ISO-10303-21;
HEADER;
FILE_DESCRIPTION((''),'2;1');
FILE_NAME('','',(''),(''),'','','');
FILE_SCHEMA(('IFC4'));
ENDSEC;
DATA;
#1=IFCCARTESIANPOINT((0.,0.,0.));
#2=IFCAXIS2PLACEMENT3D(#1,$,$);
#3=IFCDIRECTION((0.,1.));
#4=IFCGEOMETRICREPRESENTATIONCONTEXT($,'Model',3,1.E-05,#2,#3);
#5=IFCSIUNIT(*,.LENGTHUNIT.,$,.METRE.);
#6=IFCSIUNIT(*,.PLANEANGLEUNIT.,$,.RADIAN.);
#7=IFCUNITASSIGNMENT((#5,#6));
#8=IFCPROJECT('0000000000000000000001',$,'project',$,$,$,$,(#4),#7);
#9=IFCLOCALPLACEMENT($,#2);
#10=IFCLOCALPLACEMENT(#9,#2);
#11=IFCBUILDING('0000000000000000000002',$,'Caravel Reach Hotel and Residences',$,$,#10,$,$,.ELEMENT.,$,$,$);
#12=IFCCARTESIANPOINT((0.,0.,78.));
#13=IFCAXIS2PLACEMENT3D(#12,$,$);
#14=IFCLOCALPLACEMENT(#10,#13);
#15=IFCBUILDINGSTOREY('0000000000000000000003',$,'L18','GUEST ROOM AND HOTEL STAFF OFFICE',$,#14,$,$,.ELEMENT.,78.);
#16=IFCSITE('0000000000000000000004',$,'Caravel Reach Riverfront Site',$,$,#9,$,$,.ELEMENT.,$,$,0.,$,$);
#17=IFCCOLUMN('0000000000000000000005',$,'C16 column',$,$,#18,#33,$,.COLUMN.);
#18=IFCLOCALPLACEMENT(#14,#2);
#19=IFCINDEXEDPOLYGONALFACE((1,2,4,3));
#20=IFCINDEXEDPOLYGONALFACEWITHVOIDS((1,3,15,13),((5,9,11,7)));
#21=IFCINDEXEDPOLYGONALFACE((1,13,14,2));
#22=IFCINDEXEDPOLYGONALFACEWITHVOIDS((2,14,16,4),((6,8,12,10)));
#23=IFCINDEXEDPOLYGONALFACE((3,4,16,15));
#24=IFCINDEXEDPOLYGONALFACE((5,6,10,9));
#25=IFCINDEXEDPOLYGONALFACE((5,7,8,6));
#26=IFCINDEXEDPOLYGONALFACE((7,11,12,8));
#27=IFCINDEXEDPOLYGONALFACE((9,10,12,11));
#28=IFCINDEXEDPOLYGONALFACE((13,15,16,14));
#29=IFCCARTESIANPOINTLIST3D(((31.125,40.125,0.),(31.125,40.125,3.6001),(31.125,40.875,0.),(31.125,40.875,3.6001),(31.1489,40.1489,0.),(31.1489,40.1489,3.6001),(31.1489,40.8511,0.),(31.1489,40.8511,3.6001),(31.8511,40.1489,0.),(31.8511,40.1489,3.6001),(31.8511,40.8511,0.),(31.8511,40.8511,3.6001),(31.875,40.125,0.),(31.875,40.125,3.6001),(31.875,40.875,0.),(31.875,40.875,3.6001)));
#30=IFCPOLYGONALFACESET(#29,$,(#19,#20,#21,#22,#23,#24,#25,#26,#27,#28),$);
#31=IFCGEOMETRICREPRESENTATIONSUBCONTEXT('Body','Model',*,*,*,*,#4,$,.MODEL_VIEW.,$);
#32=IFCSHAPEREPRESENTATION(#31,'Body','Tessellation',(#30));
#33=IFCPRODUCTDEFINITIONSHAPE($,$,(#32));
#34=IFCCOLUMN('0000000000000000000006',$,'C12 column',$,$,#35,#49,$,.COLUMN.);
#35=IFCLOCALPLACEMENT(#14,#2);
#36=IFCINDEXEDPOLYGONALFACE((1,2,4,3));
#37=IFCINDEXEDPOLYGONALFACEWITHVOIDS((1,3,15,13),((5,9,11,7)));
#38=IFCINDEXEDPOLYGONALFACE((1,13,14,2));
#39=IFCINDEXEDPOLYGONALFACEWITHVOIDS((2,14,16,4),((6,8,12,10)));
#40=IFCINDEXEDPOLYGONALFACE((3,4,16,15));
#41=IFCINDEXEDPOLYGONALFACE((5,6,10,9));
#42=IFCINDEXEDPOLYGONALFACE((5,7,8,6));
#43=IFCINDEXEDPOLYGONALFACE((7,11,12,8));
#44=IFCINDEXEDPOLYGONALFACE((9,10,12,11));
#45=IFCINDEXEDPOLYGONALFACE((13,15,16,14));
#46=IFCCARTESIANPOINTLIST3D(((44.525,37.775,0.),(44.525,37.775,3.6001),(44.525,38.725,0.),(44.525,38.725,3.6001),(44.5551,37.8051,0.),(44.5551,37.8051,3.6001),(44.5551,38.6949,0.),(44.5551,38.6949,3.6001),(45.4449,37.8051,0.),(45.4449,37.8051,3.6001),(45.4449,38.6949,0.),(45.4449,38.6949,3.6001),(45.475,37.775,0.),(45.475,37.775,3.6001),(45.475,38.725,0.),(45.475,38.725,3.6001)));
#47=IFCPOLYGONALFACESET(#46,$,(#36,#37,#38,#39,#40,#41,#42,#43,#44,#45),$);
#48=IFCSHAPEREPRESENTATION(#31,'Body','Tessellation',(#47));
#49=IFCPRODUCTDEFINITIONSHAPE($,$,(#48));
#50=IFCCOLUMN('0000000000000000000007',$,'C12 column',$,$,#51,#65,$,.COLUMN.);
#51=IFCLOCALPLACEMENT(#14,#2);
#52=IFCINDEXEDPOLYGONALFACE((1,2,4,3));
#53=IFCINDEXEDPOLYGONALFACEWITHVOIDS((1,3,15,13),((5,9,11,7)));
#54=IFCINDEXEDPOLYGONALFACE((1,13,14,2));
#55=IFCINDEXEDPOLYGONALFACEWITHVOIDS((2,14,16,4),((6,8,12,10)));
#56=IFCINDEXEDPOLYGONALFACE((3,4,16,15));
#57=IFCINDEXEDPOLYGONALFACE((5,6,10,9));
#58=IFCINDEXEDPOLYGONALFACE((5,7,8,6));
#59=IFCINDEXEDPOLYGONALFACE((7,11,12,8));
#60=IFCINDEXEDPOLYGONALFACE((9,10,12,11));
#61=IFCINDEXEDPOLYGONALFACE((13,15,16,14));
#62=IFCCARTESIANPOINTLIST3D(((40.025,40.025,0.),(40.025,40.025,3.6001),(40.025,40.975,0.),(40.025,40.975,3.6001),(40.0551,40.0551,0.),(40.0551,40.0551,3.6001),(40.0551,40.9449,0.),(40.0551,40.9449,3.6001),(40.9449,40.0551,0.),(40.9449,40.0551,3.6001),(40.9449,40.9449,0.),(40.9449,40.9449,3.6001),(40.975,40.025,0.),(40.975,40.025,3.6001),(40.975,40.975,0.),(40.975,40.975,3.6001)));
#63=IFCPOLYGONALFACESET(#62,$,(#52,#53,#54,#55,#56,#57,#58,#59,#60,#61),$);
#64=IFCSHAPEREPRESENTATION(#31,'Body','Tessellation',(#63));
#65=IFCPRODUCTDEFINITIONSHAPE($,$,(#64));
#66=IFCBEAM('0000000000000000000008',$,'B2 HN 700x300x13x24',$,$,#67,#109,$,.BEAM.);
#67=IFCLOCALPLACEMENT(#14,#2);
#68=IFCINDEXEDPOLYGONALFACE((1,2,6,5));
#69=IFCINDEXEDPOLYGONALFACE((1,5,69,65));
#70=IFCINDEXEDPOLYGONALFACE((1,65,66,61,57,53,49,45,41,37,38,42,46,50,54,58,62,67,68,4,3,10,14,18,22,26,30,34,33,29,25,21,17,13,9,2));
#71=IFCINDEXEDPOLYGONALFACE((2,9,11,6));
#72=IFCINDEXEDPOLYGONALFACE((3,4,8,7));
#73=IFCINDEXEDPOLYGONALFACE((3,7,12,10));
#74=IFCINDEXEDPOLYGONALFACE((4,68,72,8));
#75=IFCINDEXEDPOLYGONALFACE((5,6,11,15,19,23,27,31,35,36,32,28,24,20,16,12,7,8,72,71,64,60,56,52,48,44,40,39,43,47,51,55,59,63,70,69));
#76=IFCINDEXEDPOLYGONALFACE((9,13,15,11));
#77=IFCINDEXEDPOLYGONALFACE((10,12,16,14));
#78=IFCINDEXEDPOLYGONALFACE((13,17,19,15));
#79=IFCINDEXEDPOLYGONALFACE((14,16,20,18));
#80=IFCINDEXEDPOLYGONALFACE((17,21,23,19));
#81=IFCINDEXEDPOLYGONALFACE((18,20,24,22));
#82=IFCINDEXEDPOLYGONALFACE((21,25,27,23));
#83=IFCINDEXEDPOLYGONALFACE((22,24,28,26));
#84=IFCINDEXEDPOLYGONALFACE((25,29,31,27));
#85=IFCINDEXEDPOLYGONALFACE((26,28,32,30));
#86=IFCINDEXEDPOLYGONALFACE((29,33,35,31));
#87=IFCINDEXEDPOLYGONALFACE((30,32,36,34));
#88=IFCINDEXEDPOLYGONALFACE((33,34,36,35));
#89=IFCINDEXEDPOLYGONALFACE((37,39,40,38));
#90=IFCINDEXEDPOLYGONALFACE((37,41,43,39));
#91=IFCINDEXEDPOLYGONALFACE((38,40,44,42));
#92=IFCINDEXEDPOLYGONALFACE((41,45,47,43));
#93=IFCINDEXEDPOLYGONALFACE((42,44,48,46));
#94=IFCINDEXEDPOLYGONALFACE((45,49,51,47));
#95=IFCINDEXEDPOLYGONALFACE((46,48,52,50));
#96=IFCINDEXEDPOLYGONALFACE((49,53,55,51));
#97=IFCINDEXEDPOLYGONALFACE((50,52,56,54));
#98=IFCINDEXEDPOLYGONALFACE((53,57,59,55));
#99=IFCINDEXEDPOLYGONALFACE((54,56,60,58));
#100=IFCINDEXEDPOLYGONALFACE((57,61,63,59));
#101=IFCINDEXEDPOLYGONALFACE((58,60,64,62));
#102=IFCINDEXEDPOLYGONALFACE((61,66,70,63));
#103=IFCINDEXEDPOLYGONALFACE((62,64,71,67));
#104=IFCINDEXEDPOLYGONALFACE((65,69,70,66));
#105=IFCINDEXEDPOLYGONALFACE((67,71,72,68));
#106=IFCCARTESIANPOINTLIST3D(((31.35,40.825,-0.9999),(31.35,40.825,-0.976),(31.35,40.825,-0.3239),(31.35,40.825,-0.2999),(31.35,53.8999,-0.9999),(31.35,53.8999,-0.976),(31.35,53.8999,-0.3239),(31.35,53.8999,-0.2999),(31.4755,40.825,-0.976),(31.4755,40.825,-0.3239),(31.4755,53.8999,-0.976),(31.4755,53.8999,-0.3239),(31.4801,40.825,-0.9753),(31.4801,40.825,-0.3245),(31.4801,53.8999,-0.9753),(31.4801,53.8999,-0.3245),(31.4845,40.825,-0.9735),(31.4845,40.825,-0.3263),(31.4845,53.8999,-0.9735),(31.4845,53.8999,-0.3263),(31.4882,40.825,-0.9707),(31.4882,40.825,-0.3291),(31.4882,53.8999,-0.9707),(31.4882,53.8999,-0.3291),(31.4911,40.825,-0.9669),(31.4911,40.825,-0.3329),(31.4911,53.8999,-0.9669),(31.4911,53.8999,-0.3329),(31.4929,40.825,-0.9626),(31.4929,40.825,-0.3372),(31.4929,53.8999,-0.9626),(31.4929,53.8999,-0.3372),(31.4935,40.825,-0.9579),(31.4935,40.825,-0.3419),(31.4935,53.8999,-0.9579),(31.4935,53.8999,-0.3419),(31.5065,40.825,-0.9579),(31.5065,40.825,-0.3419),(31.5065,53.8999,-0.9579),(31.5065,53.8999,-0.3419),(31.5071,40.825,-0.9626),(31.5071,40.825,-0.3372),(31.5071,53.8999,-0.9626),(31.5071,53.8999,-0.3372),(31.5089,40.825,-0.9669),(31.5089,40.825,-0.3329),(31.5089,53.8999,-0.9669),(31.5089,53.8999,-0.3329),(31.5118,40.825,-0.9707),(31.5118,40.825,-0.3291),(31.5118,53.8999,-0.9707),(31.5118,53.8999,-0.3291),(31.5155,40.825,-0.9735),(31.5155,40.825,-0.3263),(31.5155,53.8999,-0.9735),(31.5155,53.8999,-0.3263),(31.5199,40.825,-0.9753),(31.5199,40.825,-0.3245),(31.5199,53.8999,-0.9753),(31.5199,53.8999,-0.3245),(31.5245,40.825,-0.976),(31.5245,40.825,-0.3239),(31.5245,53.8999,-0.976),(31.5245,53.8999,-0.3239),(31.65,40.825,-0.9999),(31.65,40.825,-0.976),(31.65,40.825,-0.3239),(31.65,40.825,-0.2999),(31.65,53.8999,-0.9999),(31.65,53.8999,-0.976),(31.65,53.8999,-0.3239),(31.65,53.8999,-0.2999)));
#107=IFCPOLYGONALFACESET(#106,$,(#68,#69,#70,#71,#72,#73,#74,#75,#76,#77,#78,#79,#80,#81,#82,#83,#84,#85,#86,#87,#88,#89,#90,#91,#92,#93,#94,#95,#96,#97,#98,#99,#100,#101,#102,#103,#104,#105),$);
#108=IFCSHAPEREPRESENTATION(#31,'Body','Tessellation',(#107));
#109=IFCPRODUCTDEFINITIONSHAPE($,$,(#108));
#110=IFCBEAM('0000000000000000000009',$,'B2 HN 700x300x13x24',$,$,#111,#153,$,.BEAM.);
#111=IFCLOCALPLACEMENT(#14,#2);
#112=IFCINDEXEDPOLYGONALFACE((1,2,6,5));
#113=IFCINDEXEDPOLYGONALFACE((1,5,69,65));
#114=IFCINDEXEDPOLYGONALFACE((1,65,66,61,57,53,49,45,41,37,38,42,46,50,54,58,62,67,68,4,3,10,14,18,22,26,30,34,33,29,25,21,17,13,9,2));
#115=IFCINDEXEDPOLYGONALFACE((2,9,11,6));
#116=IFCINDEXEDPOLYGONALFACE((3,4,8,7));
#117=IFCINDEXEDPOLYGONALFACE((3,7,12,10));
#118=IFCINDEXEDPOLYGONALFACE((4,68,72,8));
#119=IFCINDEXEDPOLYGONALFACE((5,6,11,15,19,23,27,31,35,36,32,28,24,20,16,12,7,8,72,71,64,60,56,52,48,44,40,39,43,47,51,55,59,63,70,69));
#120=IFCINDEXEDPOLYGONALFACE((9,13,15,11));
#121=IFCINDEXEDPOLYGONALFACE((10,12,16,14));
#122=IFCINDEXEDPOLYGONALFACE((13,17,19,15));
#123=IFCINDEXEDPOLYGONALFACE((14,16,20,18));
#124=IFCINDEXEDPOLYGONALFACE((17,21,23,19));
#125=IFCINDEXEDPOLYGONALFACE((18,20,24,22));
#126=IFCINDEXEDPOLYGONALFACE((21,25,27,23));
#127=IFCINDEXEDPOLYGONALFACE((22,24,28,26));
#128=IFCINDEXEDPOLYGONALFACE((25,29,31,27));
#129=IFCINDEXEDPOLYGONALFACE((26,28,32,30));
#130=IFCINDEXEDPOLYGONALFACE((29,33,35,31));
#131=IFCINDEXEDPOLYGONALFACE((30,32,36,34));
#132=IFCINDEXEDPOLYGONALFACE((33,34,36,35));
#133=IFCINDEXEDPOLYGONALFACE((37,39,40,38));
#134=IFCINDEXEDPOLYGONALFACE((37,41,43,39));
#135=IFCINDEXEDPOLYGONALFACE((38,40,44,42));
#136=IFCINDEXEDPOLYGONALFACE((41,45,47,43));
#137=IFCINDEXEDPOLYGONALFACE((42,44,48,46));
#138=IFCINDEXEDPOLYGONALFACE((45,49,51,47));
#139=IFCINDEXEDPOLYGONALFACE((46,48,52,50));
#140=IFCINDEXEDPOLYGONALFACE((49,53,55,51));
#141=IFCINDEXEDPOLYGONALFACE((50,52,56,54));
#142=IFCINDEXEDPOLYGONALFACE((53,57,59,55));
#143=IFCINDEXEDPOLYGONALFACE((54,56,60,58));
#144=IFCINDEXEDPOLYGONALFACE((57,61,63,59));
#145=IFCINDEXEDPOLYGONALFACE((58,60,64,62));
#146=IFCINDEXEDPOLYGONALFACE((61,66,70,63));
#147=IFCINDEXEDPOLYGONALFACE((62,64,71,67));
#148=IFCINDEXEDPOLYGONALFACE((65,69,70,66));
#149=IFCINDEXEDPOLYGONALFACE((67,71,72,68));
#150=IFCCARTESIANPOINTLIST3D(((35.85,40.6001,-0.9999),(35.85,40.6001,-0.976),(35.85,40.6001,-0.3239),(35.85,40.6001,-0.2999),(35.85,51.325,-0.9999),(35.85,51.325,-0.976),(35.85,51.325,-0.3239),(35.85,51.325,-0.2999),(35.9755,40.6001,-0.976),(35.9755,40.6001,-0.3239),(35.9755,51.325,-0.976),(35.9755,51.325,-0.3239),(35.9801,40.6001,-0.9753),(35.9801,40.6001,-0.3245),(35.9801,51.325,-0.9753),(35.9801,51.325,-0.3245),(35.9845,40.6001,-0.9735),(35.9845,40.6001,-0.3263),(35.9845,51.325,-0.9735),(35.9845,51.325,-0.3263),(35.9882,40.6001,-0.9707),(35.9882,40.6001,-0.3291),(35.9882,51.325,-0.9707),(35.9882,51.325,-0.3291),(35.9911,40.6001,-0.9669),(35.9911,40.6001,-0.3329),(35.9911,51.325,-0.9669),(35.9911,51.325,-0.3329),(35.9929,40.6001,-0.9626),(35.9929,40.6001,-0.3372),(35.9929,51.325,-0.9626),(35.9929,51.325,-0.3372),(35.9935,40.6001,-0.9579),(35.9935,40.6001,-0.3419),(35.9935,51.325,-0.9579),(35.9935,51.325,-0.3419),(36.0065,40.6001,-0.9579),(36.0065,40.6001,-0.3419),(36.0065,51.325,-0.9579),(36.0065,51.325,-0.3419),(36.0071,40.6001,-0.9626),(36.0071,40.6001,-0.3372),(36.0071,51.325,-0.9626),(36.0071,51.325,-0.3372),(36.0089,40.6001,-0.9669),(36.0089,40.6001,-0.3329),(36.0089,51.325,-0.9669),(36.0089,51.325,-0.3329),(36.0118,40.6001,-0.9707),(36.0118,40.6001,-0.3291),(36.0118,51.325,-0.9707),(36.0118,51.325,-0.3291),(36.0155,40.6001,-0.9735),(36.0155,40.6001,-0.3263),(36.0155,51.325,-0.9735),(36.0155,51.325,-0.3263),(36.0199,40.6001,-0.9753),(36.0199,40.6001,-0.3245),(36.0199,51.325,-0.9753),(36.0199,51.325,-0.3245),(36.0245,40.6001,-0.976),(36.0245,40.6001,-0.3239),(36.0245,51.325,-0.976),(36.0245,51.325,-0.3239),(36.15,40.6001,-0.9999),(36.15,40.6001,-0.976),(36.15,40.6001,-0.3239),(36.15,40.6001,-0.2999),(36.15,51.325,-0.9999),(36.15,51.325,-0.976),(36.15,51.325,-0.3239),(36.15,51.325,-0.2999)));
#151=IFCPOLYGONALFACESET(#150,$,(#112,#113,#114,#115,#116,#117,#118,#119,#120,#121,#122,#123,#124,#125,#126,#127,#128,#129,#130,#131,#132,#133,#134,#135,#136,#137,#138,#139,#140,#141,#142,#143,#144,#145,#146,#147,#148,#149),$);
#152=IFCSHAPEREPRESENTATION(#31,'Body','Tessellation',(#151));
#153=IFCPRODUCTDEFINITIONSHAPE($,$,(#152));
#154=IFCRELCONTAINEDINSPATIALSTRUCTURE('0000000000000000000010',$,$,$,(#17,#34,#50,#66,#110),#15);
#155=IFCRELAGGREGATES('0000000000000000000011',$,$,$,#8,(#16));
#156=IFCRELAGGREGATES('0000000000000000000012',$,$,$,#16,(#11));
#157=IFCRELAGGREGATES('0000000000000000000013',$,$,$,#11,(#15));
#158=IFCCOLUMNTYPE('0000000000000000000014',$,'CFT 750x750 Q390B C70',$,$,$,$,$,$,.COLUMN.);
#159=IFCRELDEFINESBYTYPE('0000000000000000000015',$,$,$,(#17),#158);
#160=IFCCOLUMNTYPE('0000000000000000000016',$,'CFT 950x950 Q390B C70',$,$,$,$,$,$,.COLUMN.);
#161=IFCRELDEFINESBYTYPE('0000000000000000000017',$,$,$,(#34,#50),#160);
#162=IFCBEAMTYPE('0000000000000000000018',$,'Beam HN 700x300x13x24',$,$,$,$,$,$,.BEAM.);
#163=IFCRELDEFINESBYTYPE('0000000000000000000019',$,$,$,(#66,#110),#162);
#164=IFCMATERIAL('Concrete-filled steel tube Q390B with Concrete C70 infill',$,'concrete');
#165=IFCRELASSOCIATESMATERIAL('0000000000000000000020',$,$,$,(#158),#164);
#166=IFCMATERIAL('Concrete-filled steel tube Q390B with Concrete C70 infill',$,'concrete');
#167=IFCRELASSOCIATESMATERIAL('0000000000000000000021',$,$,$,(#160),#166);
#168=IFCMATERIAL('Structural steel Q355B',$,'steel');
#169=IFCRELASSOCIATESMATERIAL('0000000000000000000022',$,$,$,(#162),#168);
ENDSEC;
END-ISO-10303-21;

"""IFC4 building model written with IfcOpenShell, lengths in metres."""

from ifc_helpers import new_model, si_unit, direction, frame, origin, origin_2d, place, context, subcontext, project, spatial, hollow_rectangle, i_section, extrude, material, material_profile, profile_set, type_object, element, save


model = new_model("IFC4")

# Units and contexts
model_context = context("Model", 3, precision=1e-05, world=origin(), true_north=direction((0.0, 1.0)))
body_context = subcontext(model_context, "Body", "Model", "MODEL_VIEW")
ifc_project = project(units=[si_unit("LENGTHUNIT", "METRE"), si_unit("PLANEANGLEUNIT", "RADIAN")], contexts=[model_context])

# Site, building, storey
site_placement = place(None, origin())
site = spatial("IfcSite", under=ifc_project, at=site_placement, Name="Caravel Reach Riverfront Site", CompositionType="ELEMENT", RefElevation=0.0)
building_placement = place(site_placement, origin())
building = spatial("IfcBuilding", under=site, at=building_placement, Name="Caravel Reach Hotel and Residences", CompositionType="ELEMENT")
storey_placement = place(building_placement, frame((0.0, 0.0, 78.0)))
storey = spatial("IfcBuildingStorey", under=building, at=storey_placement, Name="L18", Description="GUEST ROOM AND HOTEL STAFF OFFICE", CompositionType="ELEMENT", Elevation=78.0)

# Columns
ifc_material_1 = material(Name="Concrete-filled steel tube Q390B with Concrete C70 infill", Category="concrete")
ifc_material_profile_1 = material_profile(ifc_material_1, hollow_rectangle(XDim=0.75, YDim=0.75, WallThickness=0.0239, at=origin_2d()), Name="RHS 750x750x24")
ifc_profile_set_1 = profile_set([ifc_material_profile_1], Name="Concrete-filled steel tube Q390B with Concrete C70 infill")
column_type_1 = type_object("IfcColumnType", Name="CFT 750x750 Q390B C70", PredefinedType="COLUMN", material=ifc_profile_set_1)
column_placement = place(storey_placement, frame((31.5, 40.5, 0.0), z_axis=(0.0, 0.0, 1.0), x_axis=(1.0, 0.0, 0.0)))
element("IfcColumn", 1, at=column_placement, inside=storey, type_object=column_type_1, Name="C16 column", PredefinedType="COLUMN", context=body_context, shape_type="SweptSolid", body=[
    extrude(hollow_rectangle(XDim=0.75, YDim=0.75, WallThickness=0.0239, at=origin_2d()), origin(), (0.0, 0.0, 1.0), 3.6001),
])
ifc_material_2 = material(Name="Concrete-filled steel tube Q390B with Concrete C70 infill", Category="concrete")
ifc_material_profile_2 = material_profile(ifc_material_2, hollow_rectangle(XDim=0.95, YDim=0.95, WallThickness=0.03, at=origin_2d()), Name="RHS 950x950x30")
ifc_profile_set_2 = profile_set([ifc_material_profile_2], Name="Concrete-filled steel tube Q390B with Concrete C70 infill")
column_type_2 = type_object("IfcColumnType", Name="CFT 950x950 Q390B C70", PredefinedType="COLUMN", material=ifc_profile_set_2)
for number, where, z_axis, x_axis, name in (
    (2, (45.0, 38.25, 0.0), (0.0, 0.0, 1.0), (1.0, 0.0, 0.0), "C12 column"),
    (3, (40.5, 40.5, 0.0), (0.0, 0.0, 1.0), (1.0, 0.0, 0.0), "C12 column"),
):
    element("IfcColumn", number, at=place(storey_placement, frame(where, z_axis=z_axis, x_axis=x_axis)), inside=storey, type_object=column_type_2, Name=name, PredefinedType="COLUMN", context=body_context, shape_type="SweptSolid", body=[
        extrude(hollow_rectangle(XDim=0.95, YDim=0.95, WallThickness=0.03, at=origin_2d()), origin(), (0.0, 0.0, 1.0), 3.6001),
    ])

# Beams
ifc_material_3 = material(Name="Structural steel Q355B", Category="steel")
ifc_material_profile_3 = material_profile(ifc_material_3, i_section(OverallWidth=0.3, OverallDepth=0.7, WebThickness=0.0129, FlangeThickness=0.0239, FilletRadius=0.0181, at=origin_2d()), Name="HN 700x300x13x24")
ifc_profile_set_3 = profile_set([ifc_material_profile_3], Name="Structural steel Q355B")
beam_type_1 = type_object("IfcBeamType", Name="Beam HN 700x300x13x24", PredefinedType="BEAM", material=ifc_profile_set_3)
beam_1_placement = place(storey_placement, frame((31.5, 40.825, -0.6499), z_axis=(0.0, 1.0, 0.0), x_axis=(-1.0, 0.0, 0.0)))
element("IfcBeam", 4, at=beam_1_placement, inside=storey, type_object=beam_type_1, Name="B2 HN 700x300x13x24", PredefinedType="BEAM", context=body_context, shape_type="SweptSolid", body=[
    extrude(i_section(OverallWidth=0.3, OverallDepth=0.7, WebThickness=0.0129, FlangeThickness=0.0239, FilletRadius=0.0181, at=origin_2d()), origin(), (0.0, 0.0, 1.0), 13.075),
])
beam_2_placement = place(storey_placement, frame((36.0, 40.6001, -0.6499), z_axis=(0.0, 1.0, 0.0), x_axis=(-1.0, 0.0, 0.0)))
element("IfcBeam", 5, at=beam_2_placement, inside=storey, type_object=beam_type_1, Name="B2 HN 700x300x13x24", PredefinedType="BEAM", context=body_context, shape_type="SweptSolid", body=[
    extrude(i_section(OverallWidth=0.3, OverallDepth=0.7, WebThickness=0.0129, FlangeThickness=0.0239, FilletRadius=0.0181, at=origin_2d()), origin(), (0.0, 0.0, 1.0), 10.7249),
])

save(model, "model.ifc")
